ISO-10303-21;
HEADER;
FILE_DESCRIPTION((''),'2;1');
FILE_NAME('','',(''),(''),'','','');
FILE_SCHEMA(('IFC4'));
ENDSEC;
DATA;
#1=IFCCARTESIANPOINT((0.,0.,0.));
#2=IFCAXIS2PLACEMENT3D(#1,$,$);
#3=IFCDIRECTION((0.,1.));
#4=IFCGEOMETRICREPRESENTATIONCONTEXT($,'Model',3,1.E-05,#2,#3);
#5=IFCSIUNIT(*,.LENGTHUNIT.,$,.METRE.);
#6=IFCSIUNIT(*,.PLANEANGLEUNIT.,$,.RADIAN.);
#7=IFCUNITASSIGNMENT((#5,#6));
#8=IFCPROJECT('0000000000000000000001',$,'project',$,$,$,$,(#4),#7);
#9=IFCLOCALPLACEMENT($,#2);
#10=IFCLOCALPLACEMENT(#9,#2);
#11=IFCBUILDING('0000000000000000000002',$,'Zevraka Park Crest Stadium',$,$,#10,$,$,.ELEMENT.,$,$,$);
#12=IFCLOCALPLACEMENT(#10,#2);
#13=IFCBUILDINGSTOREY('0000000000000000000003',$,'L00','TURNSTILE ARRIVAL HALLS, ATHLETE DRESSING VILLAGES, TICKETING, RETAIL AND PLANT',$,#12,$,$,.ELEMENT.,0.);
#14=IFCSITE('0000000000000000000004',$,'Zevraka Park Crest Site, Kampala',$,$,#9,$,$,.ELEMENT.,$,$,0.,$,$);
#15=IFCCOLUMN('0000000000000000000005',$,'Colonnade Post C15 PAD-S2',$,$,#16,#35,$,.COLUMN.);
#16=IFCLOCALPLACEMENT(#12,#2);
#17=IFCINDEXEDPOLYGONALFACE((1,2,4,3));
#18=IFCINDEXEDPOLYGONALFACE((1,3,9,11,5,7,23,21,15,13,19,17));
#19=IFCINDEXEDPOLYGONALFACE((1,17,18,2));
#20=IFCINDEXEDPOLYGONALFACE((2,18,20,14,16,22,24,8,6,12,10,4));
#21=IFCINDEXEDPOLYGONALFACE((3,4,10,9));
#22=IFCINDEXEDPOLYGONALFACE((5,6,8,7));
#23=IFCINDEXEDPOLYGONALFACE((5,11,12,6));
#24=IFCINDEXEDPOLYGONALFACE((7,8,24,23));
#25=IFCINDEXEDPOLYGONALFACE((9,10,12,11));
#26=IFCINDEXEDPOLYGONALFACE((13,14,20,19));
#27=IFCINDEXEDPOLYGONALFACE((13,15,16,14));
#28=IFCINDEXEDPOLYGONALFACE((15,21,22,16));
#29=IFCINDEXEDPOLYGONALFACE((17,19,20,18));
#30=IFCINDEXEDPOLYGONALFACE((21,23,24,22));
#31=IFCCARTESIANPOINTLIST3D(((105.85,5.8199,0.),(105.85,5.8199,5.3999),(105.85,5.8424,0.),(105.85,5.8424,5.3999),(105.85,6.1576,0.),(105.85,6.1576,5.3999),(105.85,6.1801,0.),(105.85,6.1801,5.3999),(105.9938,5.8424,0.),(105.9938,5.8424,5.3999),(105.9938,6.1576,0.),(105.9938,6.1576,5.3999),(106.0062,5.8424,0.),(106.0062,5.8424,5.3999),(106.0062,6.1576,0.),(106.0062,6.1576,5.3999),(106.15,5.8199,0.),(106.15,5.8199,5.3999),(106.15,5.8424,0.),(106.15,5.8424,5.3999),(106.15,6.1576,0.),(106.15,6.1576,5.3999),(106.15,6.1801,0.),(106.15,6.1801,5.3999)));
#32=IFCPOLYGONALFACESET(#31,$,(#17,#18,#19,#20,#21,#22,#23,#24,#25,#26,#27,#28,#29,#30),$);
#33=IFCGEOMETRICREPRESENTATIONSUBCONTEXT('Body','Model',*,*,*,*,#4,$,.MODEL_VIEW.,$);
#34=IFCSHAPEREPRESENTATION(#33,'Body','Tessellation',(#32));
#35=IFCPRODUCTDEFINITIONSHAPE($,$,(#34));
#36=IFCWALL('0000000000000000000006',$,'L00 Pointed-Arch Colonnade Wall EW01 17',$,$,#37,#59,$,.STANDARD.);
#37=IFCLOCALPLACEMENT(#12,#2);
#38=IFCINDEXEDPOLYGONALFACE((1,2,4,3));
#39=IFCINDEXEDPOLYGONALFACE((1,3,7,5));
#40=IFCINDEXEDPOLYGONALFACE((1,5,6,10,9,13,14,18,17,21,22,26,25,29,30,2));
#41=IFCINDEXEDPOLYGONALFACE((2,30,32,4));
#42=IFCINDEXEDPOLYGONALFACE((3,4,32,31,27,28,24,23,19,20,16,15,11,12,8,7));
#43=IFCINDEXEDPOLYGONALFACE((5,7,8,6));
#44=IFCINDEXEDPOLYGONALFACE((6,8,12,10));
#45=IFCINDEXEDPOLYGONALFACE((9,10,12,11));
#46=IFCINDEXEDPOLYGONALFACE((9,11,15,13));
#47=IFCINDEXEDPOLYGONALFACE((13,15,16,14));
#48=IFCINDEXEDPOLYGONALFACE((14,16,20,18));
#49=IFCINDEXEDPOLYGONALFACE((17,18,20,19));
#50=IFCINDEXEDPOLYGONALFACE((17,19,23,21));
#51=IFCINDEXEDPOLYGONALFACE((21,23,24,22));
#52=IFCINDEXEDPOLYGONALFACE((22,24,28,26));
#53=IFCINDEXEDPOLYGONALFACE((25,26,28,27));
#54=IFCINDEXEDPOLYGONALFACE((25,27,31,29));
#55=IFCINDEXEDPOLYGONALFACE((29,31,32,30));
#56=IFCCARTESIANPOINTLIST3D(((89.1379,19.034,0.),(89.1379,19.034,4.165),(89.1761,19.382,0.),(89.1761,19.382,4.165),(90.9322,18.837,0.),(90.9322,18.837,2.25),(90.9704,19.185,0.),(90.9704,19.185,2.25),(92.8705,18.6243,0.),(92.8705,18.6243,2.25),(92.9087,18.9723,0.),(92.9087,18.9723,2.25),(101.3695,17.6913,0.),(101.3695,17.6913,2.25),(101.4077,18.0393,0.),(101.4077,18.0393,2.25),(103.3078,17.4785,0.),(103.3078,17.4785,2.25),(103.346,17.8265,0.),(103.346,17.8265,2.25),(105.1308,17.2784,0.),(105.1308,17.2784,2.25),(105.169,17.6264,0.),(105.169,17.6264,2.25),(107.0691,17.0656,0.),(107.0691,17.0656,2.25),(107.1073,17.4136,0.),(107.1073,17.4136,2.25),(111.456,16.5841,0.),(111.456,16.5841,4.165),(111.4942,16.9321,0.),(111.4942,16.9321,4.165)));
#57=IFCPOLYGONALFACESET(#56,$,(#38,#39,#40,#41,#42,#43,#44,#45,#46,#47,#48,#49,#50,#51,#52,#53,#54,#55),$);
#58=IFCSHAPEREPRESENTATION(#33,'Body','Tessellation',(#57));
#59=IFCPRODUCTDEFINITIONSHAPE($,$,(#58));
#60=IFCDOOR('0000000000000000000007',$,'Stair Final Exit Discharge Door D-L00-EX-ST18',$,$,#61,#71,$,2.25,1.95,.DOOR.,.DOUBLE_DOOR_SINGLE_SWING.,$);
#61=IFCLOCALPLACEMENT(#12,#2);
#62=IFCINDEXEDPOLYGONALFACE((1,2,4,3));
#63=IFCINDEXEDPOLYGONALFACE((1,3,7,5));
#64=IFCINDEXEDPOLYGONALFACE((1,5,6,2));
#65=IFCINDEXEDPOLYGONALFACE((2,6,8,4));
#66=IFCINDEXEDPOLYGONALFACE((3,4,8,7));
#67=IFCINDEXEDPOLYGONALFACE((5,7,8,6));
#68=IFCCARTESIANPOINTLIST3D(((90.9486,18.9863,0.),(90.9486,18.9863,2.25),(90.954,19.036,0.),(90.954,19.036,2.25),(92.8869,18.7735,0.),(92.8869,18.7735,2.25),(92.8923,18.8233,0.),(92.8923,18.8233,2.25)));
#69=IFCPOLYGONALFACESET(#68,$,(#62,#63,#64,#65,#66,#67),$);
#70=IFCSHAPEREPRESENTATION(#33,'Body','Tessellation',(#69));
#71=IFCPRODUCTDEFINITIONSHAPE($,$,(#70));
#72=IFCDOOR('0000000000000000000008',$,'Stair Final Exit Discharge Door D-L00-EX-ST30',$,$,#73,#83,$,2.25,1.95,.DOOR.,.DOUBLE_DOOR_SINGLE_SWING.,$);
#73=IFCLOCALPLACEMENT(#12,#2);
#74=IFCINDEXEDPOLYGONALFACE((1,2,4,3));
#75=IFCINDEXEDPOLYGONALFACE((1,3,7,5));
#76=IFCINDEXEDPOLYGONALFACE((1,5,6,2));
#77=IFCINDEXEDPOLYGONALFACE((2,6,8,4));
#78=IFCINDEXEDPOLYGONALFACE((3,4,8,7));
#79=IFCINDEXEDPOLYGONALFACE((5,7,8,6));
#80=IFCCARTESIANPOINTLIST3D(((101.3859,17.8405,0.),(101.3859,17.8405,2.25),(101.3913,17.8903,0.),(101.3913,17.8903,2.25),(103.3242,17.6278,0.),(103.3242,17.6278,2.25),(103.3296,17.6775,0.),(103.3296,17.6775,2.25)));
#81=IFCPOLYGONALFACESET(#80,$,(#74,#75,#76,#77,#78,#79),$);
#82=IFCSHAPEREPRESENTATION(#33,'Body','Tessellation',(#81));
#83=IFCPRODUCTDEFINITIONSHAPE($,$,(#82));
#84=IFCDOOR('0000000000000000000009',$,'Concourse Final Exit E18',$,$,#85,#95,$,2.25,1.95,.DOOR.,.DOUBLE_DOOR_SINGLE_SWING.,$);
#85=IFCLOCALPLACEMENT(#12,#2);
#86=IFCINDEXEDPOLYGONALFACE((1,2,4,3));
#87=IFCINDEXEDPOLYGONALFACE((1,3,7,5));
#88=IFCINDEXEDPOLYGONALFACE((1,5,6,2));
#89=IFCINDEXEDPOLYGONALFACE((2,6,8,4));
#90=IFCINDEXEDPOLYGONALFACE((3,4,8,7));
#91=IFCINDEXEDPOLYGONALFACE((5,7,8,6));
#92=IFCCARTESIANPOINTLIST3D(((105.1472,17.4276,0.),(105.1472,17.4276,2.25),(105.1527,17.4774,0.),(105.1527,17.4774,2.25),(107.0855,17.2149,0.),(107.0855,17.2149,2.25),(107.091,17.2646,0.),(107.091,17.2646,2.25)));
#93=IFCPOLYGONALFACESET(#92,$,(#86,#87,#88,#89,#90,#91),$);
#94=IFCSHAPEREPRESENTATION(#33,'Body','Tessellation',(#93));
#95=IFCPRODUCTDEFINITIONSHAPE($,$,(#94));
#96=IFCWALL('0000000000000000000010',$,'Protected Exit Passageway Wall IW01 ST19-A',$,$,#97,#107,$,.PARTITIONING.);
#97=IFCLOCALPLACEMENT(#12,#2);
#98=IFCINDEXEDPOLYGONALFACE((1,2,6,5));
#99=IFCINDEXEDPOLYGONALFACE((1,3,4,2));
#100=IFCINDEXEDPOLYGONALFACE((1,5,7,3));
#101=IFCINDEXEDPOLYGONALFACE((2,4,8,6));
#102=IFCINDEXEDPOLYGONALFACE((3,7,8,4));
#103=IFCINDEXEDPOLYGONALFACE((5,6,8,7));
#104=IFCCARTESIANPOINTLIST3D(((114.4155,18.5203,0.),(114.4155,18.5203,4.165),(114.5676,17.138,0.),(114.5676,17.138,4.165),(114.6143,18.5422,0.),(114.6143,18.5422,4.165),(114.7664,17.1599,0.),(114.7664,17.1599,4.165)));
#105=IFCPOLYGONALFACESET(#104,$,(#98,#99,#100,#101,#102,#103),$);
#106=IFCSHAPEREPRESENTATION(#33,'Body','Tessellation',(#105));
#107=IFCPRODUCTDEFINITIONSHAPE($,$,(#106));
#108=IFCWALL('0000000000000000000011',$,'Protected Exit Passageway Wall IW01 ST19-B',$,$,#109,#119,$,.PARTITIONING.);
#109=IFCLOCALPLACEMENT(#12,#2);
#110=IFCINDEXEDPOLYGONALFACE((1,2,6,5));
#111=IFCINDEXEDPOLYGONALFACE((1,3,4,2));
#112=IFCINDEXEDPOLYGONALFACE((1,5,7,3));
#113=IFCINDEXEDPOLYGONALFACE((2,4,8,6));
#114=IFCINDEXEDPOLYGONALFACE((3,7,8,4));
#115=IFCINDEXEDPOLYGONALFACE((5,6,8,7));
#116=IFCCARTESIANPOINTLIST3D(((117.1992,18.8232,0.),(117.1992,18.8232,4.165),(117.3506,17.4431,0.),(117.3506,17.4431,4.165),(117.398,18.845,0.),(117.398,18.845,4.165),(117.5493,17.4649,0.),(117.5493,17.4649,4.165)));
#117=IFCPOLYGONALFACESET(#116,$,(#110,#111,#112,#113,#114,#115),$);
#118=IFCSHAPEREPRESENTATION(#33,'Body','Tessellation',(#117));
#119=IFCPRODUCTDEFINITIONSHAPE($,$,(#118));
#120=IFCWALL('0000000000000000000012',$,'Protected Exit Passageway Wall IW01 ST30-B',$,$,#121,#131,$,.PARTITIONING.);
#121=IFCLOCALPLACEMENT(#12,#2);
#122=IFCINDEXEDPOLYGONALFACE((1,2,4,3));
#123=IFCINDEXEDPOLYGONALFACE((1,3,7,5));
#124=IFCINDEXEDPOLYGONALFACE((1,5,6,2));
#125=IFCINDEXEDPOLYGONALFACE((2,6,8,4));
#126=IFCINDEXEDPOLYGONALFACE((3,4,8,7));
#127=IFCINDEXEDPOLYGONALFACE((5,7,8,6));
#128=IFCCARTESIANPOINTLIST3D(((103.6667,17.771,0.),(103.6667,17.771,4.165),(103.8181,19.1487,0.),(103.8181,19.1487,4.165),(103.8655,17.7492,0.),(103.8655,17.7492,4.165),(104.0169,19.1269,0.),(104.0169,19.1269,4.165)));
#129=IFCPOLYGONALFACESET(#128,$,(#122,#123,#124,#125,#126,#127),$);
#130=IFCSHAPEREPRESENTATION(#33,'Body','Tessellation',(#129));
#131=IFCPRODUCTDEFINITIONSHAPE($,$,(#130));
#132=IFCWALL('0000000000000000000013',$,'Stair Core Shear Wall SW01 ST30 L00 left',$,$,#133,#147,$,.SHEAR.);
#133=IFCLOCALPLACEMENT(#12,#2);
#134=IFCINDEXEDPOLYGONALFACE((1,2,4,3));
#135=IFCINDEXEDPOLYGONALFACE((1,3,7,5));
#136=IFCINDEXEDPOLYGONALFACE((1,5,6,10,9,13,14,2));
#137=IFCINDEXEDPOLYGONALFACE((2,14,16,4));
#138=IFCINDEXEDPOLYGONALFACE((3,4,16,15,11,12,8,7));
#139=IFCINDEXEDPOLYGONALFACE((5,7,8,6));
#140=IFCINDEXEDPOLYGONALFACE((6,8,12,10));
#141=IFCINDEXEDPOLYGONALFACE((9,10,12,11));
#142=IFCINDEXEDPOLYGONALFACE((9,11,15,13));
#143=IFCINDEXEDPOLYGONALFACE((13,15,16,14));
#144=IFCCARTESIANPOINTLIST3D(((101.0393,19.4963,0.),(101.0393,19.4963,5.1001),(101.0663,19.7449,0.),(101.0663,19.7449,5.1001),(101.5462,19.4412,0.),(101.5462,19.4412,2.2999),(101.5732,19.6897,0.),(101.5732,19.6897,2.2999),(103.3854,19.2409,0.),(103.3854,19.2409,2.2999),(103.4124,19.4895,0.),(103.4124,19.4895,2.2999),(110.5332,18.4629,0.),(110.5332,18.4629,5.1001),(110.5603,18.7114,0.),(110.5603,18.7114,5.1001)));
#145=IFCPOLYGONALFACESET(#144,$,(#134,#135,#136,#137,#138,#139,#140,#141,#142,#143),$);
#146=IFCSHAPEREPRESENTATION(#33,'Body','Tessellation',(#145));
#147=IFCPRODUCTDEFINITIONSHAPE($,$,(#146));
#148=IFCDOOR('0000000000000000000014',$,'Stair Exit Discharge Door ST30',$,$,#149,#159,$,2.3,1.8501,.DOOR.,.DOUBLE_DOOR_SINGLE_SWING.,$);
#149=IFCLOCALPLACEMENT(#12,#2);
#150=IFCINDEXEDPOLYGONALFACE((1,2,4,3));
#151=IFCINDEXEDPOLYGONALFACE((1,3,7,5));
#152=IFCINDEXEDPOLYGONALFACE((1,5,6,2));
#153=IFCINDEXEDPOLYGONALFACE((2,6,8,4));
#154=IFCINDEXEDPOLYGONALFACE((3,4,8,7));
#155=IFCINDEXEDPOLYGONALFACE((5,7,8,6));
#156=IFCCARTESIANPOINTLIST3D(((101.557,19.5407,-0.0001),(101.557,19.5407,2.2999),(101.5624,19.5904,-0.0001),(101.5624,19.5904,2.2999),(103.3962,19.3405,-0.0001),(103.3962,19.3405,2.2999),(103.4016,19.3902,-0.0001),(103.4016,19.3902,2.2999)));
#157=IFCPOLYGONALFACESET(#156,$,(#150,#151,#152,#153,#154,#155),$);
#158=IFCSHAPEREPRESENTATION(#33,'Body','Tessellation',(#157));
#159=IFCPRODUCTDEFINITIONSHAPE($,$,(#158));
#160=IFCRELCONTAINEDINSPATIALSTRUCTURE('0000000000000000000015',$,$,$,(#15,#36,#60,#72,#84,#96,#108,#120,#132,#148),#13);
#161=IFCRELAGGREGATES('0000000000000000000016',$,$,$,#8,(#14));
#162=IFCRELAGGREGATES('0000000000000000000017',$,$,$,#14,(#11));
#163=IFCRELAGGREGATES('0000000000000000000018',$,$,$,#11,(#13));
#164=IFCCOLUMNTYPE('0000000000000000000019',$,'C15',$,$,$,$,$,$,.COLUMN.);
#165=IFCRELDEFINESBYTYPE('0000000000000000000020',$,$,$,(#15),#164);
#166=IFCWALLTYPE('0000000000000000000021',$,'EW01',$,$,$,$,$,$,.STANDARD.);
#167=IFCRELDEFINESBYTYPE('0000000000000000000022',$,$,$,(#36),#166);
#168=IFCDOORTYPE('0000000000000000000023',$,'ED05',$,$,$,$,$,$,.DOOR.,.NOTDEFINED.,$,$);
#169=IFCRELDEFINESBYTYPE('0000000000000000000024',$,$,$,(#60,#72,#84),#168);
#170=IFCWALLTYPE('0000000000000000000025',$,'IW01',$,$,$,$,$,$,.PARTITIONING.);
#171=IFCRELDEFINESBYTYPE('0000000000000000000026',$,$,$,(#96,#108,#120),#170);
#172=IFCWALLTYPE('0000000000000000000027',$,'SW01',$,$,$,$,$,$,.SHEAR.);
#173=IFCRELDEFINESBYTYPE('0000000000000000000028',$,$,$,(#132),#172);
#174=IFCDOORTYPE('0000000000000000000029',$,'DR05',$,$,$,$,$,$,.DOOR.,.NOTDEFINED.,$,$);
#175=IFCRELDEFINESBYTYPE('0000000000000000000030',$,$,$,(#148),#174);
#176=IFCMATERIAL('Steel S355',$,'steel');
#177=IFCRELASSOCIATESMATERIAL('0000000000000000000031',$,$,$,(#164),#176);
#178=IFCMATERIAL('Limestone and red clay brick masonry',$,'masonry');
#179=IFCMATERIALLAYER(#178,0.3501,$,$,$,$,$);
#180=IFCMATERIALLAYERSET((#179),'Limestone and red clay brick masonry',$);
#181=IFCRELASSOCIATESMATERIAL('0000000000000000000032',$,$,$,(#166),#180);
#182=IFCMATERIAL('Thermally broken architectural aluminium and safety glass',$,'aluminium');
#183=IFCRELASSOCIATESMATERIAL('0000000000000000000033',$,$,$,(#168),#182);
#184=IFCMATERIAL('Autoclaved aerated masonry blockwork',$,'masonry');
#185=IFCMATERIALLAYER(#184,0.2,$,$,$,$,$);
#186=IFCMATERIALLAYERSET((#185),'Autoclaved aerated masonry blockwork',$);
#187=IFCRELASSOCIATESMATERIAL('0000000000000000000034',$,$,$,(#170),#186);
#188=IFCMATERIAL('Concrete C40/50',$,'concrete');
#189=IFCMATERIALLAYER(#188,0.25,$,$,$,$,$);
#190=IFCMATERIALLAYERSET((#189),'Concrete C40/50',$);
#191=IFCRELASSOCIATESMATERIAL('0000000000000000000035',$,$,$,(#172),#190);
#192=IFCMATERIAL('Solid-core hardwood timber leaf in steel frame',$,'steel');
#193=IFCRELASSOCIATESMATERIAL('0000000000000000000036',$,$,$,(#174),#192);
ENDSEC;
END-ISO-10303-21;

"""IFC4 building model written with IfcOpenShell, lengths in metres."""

from ifc_helpers import new_model, si_unit, direction, frame, frame_2d, origin, origin_2d, place, context, subcontext, project, spatial, rectangle, i_section, extrude, material, layer, layer_set, material_profile, profile_set, type_object, element, fill, save


model = new_model("IFC4")

# Units and contexts
model_context = context("Model", 3, precision=1e-05, world=origin(), true_north=direction((0.0, 1.0)))
body_context = subcontext(model_context, "Body", "Model", "MODEL_VIEW")
ifc_project = project(units=[si_unit("LENGTHUNIT", "METRE"), si_unit("PLANEANGLEUNIT", "RADIAN")], contexts=[model_context])

# Site, building, storey
site_placement = place(None, origin())
site = spatial("IfcSite", under=ifc_project, at=site_placement, Name="Zevraka Park Crest Site, Kampala", CompositionType="ELEMENT", RefElevation=0.0)
building_placement = place(site_placement, origin())
building = spatial("IfcBuilding", under=site, at=building_placement, Name="Zevraka Park Crest Stadium", CompositionType="ELEMENT")
storey_placement = place(building_placement, origin())
storey = spatial("IfcBuildingStorey", under=building, at=storey_placement, Name="L00", Description="TURNSTILE ARRIVAL HALLS, ATHLETE DRESSING VILLAGES, TICKETING, RETAIL AND PLANT", CompositionType="ELEMENT", Elevation=0.0)

# Column
ifc_material_1 = material(Name="Steel S355", Category="steel")
ifc_material_profile_1 = material_profile(ifc_material_1, i_section(OverallWidth=0.3, OverallDepth=0.3601, WebThickness=0.0125, FlangeThickness=0.0225, at=origin_2d()), Name="HEB 360")
ifc_profile_set_1 = profile_set([ifc_material_profile_1], Name="Steel S355")
column_type_1 = type_object("IfcColumnType", Name="C15", PredefinedType="COLUMN", material=ifc_profile_set_1)
column_1_placement = place(storey_placement, frame((106.0, 6.0, 0.0), z_axis=(0.0, 0.0, 1.0), x_axis=(1.0, 0.0, 0.0)))
element("IfcColumn", 1, at=column_1_placement, inside=storey, type_object=column_type_1, Name="Colonnade Post C15 PAD-S2", PredefinedType="COLUMN", context=body_context, shape_type="SweptSolid", body=[
    extrude(i_section(OverallWidth=0.3, OverallDepth=0.3601, WebThickness=0.0125, FlangeThickness=0.0225, at=origin_2d()), origin(), (0.0, 0.0, 1.0), 5.3999),
])

# Wall, openings, doors
ifc_material_2 = material(Name="Limestone and red clay brick masonry", Category="masonry")
ifc_layer_1 = layer(ifc_material_2, 0.3501)
ifc_layer_set_1 = layer_set([ifc_layer_1], Name="Limestone and red clay brick masonry")
wall_type_1 = type_object("IfcWallType", Name="EW01", PredefinedType="STANDARD", material=ifc_layer_set_1)
wall_1_placement = place(storey_placement, frame((111.4751, 16.7581, 0.0), z_axis=(0.0, 0.0, 1.0), x_axis=(-0.994029, 0.109119, 0.0)))
wall_1 = element("IfcWall", 2, at=wall_1_placement, inside=storey, type_object=wall_type_1, Name="L00 Pointed-Arch Colonnade Wall EW01 17", PredefinedType="STANDARD", context=body_context, shape_type="SweptSolid", body=[
    extrude(rectangle(XDim=22.4521, YDim=0.3501, at=frame_2d((11.2261, 0.0))), origin(), (0.0, 0.0, 1.0), 4.165),
])
opening_1_placement = place(wall_1_placement, frame((18.697, 0.0, 0.0)))
opening_1 = element("IfcOpeningElement", 3, at=opening_1_placement, cuts=wall_1, PredefinedType="OPENING", context=body_context, shape_type="SweptSolid", body=[
    extrude(rectangle(XDim=1.95, YDim=2.25, at=frame_2d((0.9751, 1.125))), frame((0.0, 0.1851, 0.0), z_axis=(0.0, -1.0, 0.0), x_axis=(1.0, 0.0, 0.0)), (0.0, 0.0, 1.0), 0.3701),
])
opening_2_placement = place(wall_1_placement, frame((8.197, 0.0, 0.0)))
opening_2 = element("IfcOpeningElement", 4, at=opening_2_placement, cuts=wall_1, PredefinedType="OPENING", context=body_context, shape_type="SweptSolid", body=[
    extrude(rectangle(XDim=1.95, YDim=2.25, at=frame_2d((0.9751, 1.125))), frame((0.0, 0.1851, 0.0), z_axis=(0.0, -1.0, 0.0), x_axis=(1.0, 0.0, 0.0)), (0.0, 0.0, 1.0), 0.3701),
])
opening_3_placement = place(wall_1_placement, frame((4.4131, 0.0, 0.0)))
opening_3 = element("IfcOpeningElement", 5, at=opening_3_placement, cuts=wall_1, PredefinedType="OPENING", context=body_context, shape_type="SweptSolid", body=[
    extrude(rectangle(XDim=1.95, YDim=2.25, at=frame_2d((0.9751, 1.125))), frame((0.0, 0.1851, 0.0), z_axis=(0.0, -1.0, 0.0), x_axis=(1.0, 0.0, 0.0)), (0.0, 0.0, 1.0), 0.3701),
])
ifc_material_3 = material(Name="Thermally broken architectural aluminium and safety glass", Category="aluminium")
door_type_1 = type_object("IfcDoorType", Name="ED05", OperationType="NOTDEFINED", PredefinedType="DOOR", material=ifc_material_3)
door_1_placement = place(opening_1_placement, origin())
door_1 = element("IfcDoor", 6, at=door_1_placement, inside=storey, type_object=door_type_1, Name="Stair Final Exit Discharge Door D-L00-EX-ST18", OperationType="DOUBLE_DOOR_SINGLE_SWING", OverallHeight=2.25, OverallWidth=1.95, PredefinedType="DOOR", context=body_context, shape_type="SweptSolid", body=[
    extrude(rectangle(XDim=1.95, YDim=2.25, at=frame_2d((0.9751, 1.125))), frame((0.0, 0.0249, 0.0), z_axis=(0.0, -1.0, 0.0), x_axis=(1.0, 0.0, 0.0)), (0.0, 0.0, 1.0), 0.05),
])
fill(opening_1, door_1)
door_2_placement = place(opening_2_placement, origin())
door_2 = element("IfcDoor", 7, at=door_2_placement, inside=storey, type_object=door_type_1, Name="Stair Final Exit Discharge Door D-L00-EX-ST30", OperationType="DOUBLE_DOOR_SINGLE_SWING", OverallHeight=2.25, OverallWidth=1.95, PredefinedType="DOOR", context=body_context, shape_type="SweptSolid", body=[
    extrude(rectangle(XDim=1.95, YDim=2.25, at=frame_2d((0.9751, 1.125))), frame((0.0, 0.0249, 0.0), z_axis=(0.0, -1.0, 0.0), x_axis=(1.0, 0.0, 0.0)), (0.0, 0.0, 1.0), 0.05),
])
fill(opening_2, door_2)
door_3_placement = place(opening_3_placement, origin())
door_3 = element("IfcDoor", 8, at=door_3_placement, inside=storey, type_object=door_type_1, Name="Concourse Final Exit E18", OperationType="DOUBLE_DOOR_SINGLE_SWING", OverallHeight=2.25, OverallWidth=1.95, PredefinedType="DOOR", context=body_context, shape_type="SweptSolid", body=[
    extrude(rectangle(XDim=1.95, YDim=2.25, at=frame_2d((0.9751, 1.125))), frame((0.0, 0.0249, 0.0), z_axis=(0.0, -1.0, 0.0), x_axis=(1.0, 0.0, 0.0)), (0.0, 0.0, 1.0), 0.05),
])
fill(opening_3, door_3)

# Walls
ifc_material_4 = material(Name="Autoclaved aerated masonry blockwork", Category="masonry")
ifc_layer_2 = layer(ifc_material_4, 0.2)
ifc_layer_set_2 = layer_set([ifc_layer_2], Name="Autoclaved aerated masonry blockwork")
wall_type_2 = type_object("IfcWallType", Name="IW01", PredefinedType="PARTITIONING", material=ifc_layer_set_2)
wall_2_placement = place(storey_placement, frame((114.5149, 18.5312, 0.0), z_axis=(0.0, 0.0, 1.0), x_axis=(0.109372, -0.994001, 0.0)))
element("IfcWall", 9, at=wall_2_placement, inside=storey, type_object=wall_type_2, Name="Protected Exit Passageway Wall IW01 ST19-A", PredefinedType="PARTITIONING", context=body_context, shape_type="SweptSolid", body=[
    extrude(rectangle(XDim=1.3906, YDim=0.2, at=frame_2d((0.6953, 0.0))), origin(), (0.0, 0.0, 1.0), 4.165),
])
wall_3_placement = place(storey_placement, frame((117.2986, 18.8342, 0.0), z_axis=(0.0, 0.0, 1.0), x_axis=(0.109023, -0.994039, 0.0)))
element("IfcWall", 10, at=wall_3_placement, inside=storey, type_object=wall_type_2, Name="Protected Exit Passageway Wall IW01 ST19-B", PredefinedType="PARTITIONING", context=body_context, shape_type="SweptSolid", body=[
    extrude(rectangle(XDim=1.3884, YDim=0.2, at=frame_2d((0.6943, 0.0))), origin(), (0.0, 0.0, 1.0), 4.165),
])
wall_4_placement = place(storey_placement, frame((103.9175, 19.1377, 0.0), z_axis=(0.0, 0.0, 1.0), x_axis=(-0.109213, -0.994018, 0.0)))
element("IfcWall", 11, at=wall_4_placement, inside=storey, type_object=wall_type_2, Name="Protected Exit Passageway Wall IW01 ST30-B", PredefinedType="PARTITIONING", context=body_context, shape_type="SweptSolid", body=[
    extrude(rectangle(XDim=1.386, YDim=0.2, at=frame_2d((0.6929, 0.0))), origin(), (0.0, 0.0, 1.0), 4.165),
])

# Wall, opening, door
ifc_material_5 = material(Name="Concrete C40/50", Category="concrete")
ifc_layer_3 = layer(ifc_material_5, 0.25)
ifc_layer_set_3 = layer_set([ifc_layer_3], Name="Concrete C40/50")
wall_type_3 = type_object("IfcWallType", Name="SW01", PredefinedType="SHEAR", material=ifc_layer_set_3)
wall_5_placement = place(storey_placement, frame((110.5466, 18.5872, 0.0), z_axis=(0.0, 0.0, 1.0), x_axis=(-0.994128, 0.108215, 0.0)))
wall_5 = element("IfcWall", 12, at=wall_5_placement, inside=storey, type_object=wall_type_3, Name="Stair Core Shear Wall SW01 ST30 L00 left", PredefinedType="SHEAR", context=body_context, shape_type="SweptSolid", body=[
    extrude(rectangle(XDim=9.55, YDim=0.25, at=frame_2d((4.7749, 0.0))), origin(), (0.0, 0.0, 1.0), 5.1001),
])
opening_4_placement = place(wall_5_placement, frame((7.1899, 0.0, 0.0)))
opening_4 = element("IfcOpeningElement", 13, at=opening_4_placement, cuts=wall_5, PredefinedType="OPENING", context=body_context, shape_type="SweptSolid", body=[
    extrude(rectangle(XDim=1.8501, YDim=2.3, at=frame_2d((0.925, 1.1499))), frame((0.0, 0.135, 0.0), z_axis=(0.0, -1.0, 0.0), x_axis=(1.0, 0.0, 0.0)), (0.0, 0.0, 1.0), 0.27),
])
ifc_material_6 = material(Name="Solid-core hardwood timber leaf in steel frame", Category="steel")
door_type_2 = type_object("IfcDoorType", Name="DR05", OperationType="NOTDEFINED", PredefinedType="DOOR", material=ifc_material_6)
door_4_placement = place(opening_4_placement, origin())
door_4 = element("IfcDoor", 14, at=door_4_placement, inside=storey, type_object=door_type_2, Name="Stair Exit Discharge Door ST30", OperationType="DOUBLE_DOOR_SINGLE_SWING", OverallHeight=2.3, OverallWidth=1.8501, PredefinedType="DOOR", context=body_context, shape_type="SweptSolid", body=[
    extrude(rectangle(XDim=1.8501, YDim=2.3, at=frame_2d((0.925, 1.1499))), frame((0.0, 0.0249, 0.0), z_axis=(0.0, -1.0, 0.0), x_axis=(1.0, 0.0, 0.0)), (0.0, 0.0, 1.0), 0.05),
])
fill(opening_4, door_4)

save(model, "model.ifc")
